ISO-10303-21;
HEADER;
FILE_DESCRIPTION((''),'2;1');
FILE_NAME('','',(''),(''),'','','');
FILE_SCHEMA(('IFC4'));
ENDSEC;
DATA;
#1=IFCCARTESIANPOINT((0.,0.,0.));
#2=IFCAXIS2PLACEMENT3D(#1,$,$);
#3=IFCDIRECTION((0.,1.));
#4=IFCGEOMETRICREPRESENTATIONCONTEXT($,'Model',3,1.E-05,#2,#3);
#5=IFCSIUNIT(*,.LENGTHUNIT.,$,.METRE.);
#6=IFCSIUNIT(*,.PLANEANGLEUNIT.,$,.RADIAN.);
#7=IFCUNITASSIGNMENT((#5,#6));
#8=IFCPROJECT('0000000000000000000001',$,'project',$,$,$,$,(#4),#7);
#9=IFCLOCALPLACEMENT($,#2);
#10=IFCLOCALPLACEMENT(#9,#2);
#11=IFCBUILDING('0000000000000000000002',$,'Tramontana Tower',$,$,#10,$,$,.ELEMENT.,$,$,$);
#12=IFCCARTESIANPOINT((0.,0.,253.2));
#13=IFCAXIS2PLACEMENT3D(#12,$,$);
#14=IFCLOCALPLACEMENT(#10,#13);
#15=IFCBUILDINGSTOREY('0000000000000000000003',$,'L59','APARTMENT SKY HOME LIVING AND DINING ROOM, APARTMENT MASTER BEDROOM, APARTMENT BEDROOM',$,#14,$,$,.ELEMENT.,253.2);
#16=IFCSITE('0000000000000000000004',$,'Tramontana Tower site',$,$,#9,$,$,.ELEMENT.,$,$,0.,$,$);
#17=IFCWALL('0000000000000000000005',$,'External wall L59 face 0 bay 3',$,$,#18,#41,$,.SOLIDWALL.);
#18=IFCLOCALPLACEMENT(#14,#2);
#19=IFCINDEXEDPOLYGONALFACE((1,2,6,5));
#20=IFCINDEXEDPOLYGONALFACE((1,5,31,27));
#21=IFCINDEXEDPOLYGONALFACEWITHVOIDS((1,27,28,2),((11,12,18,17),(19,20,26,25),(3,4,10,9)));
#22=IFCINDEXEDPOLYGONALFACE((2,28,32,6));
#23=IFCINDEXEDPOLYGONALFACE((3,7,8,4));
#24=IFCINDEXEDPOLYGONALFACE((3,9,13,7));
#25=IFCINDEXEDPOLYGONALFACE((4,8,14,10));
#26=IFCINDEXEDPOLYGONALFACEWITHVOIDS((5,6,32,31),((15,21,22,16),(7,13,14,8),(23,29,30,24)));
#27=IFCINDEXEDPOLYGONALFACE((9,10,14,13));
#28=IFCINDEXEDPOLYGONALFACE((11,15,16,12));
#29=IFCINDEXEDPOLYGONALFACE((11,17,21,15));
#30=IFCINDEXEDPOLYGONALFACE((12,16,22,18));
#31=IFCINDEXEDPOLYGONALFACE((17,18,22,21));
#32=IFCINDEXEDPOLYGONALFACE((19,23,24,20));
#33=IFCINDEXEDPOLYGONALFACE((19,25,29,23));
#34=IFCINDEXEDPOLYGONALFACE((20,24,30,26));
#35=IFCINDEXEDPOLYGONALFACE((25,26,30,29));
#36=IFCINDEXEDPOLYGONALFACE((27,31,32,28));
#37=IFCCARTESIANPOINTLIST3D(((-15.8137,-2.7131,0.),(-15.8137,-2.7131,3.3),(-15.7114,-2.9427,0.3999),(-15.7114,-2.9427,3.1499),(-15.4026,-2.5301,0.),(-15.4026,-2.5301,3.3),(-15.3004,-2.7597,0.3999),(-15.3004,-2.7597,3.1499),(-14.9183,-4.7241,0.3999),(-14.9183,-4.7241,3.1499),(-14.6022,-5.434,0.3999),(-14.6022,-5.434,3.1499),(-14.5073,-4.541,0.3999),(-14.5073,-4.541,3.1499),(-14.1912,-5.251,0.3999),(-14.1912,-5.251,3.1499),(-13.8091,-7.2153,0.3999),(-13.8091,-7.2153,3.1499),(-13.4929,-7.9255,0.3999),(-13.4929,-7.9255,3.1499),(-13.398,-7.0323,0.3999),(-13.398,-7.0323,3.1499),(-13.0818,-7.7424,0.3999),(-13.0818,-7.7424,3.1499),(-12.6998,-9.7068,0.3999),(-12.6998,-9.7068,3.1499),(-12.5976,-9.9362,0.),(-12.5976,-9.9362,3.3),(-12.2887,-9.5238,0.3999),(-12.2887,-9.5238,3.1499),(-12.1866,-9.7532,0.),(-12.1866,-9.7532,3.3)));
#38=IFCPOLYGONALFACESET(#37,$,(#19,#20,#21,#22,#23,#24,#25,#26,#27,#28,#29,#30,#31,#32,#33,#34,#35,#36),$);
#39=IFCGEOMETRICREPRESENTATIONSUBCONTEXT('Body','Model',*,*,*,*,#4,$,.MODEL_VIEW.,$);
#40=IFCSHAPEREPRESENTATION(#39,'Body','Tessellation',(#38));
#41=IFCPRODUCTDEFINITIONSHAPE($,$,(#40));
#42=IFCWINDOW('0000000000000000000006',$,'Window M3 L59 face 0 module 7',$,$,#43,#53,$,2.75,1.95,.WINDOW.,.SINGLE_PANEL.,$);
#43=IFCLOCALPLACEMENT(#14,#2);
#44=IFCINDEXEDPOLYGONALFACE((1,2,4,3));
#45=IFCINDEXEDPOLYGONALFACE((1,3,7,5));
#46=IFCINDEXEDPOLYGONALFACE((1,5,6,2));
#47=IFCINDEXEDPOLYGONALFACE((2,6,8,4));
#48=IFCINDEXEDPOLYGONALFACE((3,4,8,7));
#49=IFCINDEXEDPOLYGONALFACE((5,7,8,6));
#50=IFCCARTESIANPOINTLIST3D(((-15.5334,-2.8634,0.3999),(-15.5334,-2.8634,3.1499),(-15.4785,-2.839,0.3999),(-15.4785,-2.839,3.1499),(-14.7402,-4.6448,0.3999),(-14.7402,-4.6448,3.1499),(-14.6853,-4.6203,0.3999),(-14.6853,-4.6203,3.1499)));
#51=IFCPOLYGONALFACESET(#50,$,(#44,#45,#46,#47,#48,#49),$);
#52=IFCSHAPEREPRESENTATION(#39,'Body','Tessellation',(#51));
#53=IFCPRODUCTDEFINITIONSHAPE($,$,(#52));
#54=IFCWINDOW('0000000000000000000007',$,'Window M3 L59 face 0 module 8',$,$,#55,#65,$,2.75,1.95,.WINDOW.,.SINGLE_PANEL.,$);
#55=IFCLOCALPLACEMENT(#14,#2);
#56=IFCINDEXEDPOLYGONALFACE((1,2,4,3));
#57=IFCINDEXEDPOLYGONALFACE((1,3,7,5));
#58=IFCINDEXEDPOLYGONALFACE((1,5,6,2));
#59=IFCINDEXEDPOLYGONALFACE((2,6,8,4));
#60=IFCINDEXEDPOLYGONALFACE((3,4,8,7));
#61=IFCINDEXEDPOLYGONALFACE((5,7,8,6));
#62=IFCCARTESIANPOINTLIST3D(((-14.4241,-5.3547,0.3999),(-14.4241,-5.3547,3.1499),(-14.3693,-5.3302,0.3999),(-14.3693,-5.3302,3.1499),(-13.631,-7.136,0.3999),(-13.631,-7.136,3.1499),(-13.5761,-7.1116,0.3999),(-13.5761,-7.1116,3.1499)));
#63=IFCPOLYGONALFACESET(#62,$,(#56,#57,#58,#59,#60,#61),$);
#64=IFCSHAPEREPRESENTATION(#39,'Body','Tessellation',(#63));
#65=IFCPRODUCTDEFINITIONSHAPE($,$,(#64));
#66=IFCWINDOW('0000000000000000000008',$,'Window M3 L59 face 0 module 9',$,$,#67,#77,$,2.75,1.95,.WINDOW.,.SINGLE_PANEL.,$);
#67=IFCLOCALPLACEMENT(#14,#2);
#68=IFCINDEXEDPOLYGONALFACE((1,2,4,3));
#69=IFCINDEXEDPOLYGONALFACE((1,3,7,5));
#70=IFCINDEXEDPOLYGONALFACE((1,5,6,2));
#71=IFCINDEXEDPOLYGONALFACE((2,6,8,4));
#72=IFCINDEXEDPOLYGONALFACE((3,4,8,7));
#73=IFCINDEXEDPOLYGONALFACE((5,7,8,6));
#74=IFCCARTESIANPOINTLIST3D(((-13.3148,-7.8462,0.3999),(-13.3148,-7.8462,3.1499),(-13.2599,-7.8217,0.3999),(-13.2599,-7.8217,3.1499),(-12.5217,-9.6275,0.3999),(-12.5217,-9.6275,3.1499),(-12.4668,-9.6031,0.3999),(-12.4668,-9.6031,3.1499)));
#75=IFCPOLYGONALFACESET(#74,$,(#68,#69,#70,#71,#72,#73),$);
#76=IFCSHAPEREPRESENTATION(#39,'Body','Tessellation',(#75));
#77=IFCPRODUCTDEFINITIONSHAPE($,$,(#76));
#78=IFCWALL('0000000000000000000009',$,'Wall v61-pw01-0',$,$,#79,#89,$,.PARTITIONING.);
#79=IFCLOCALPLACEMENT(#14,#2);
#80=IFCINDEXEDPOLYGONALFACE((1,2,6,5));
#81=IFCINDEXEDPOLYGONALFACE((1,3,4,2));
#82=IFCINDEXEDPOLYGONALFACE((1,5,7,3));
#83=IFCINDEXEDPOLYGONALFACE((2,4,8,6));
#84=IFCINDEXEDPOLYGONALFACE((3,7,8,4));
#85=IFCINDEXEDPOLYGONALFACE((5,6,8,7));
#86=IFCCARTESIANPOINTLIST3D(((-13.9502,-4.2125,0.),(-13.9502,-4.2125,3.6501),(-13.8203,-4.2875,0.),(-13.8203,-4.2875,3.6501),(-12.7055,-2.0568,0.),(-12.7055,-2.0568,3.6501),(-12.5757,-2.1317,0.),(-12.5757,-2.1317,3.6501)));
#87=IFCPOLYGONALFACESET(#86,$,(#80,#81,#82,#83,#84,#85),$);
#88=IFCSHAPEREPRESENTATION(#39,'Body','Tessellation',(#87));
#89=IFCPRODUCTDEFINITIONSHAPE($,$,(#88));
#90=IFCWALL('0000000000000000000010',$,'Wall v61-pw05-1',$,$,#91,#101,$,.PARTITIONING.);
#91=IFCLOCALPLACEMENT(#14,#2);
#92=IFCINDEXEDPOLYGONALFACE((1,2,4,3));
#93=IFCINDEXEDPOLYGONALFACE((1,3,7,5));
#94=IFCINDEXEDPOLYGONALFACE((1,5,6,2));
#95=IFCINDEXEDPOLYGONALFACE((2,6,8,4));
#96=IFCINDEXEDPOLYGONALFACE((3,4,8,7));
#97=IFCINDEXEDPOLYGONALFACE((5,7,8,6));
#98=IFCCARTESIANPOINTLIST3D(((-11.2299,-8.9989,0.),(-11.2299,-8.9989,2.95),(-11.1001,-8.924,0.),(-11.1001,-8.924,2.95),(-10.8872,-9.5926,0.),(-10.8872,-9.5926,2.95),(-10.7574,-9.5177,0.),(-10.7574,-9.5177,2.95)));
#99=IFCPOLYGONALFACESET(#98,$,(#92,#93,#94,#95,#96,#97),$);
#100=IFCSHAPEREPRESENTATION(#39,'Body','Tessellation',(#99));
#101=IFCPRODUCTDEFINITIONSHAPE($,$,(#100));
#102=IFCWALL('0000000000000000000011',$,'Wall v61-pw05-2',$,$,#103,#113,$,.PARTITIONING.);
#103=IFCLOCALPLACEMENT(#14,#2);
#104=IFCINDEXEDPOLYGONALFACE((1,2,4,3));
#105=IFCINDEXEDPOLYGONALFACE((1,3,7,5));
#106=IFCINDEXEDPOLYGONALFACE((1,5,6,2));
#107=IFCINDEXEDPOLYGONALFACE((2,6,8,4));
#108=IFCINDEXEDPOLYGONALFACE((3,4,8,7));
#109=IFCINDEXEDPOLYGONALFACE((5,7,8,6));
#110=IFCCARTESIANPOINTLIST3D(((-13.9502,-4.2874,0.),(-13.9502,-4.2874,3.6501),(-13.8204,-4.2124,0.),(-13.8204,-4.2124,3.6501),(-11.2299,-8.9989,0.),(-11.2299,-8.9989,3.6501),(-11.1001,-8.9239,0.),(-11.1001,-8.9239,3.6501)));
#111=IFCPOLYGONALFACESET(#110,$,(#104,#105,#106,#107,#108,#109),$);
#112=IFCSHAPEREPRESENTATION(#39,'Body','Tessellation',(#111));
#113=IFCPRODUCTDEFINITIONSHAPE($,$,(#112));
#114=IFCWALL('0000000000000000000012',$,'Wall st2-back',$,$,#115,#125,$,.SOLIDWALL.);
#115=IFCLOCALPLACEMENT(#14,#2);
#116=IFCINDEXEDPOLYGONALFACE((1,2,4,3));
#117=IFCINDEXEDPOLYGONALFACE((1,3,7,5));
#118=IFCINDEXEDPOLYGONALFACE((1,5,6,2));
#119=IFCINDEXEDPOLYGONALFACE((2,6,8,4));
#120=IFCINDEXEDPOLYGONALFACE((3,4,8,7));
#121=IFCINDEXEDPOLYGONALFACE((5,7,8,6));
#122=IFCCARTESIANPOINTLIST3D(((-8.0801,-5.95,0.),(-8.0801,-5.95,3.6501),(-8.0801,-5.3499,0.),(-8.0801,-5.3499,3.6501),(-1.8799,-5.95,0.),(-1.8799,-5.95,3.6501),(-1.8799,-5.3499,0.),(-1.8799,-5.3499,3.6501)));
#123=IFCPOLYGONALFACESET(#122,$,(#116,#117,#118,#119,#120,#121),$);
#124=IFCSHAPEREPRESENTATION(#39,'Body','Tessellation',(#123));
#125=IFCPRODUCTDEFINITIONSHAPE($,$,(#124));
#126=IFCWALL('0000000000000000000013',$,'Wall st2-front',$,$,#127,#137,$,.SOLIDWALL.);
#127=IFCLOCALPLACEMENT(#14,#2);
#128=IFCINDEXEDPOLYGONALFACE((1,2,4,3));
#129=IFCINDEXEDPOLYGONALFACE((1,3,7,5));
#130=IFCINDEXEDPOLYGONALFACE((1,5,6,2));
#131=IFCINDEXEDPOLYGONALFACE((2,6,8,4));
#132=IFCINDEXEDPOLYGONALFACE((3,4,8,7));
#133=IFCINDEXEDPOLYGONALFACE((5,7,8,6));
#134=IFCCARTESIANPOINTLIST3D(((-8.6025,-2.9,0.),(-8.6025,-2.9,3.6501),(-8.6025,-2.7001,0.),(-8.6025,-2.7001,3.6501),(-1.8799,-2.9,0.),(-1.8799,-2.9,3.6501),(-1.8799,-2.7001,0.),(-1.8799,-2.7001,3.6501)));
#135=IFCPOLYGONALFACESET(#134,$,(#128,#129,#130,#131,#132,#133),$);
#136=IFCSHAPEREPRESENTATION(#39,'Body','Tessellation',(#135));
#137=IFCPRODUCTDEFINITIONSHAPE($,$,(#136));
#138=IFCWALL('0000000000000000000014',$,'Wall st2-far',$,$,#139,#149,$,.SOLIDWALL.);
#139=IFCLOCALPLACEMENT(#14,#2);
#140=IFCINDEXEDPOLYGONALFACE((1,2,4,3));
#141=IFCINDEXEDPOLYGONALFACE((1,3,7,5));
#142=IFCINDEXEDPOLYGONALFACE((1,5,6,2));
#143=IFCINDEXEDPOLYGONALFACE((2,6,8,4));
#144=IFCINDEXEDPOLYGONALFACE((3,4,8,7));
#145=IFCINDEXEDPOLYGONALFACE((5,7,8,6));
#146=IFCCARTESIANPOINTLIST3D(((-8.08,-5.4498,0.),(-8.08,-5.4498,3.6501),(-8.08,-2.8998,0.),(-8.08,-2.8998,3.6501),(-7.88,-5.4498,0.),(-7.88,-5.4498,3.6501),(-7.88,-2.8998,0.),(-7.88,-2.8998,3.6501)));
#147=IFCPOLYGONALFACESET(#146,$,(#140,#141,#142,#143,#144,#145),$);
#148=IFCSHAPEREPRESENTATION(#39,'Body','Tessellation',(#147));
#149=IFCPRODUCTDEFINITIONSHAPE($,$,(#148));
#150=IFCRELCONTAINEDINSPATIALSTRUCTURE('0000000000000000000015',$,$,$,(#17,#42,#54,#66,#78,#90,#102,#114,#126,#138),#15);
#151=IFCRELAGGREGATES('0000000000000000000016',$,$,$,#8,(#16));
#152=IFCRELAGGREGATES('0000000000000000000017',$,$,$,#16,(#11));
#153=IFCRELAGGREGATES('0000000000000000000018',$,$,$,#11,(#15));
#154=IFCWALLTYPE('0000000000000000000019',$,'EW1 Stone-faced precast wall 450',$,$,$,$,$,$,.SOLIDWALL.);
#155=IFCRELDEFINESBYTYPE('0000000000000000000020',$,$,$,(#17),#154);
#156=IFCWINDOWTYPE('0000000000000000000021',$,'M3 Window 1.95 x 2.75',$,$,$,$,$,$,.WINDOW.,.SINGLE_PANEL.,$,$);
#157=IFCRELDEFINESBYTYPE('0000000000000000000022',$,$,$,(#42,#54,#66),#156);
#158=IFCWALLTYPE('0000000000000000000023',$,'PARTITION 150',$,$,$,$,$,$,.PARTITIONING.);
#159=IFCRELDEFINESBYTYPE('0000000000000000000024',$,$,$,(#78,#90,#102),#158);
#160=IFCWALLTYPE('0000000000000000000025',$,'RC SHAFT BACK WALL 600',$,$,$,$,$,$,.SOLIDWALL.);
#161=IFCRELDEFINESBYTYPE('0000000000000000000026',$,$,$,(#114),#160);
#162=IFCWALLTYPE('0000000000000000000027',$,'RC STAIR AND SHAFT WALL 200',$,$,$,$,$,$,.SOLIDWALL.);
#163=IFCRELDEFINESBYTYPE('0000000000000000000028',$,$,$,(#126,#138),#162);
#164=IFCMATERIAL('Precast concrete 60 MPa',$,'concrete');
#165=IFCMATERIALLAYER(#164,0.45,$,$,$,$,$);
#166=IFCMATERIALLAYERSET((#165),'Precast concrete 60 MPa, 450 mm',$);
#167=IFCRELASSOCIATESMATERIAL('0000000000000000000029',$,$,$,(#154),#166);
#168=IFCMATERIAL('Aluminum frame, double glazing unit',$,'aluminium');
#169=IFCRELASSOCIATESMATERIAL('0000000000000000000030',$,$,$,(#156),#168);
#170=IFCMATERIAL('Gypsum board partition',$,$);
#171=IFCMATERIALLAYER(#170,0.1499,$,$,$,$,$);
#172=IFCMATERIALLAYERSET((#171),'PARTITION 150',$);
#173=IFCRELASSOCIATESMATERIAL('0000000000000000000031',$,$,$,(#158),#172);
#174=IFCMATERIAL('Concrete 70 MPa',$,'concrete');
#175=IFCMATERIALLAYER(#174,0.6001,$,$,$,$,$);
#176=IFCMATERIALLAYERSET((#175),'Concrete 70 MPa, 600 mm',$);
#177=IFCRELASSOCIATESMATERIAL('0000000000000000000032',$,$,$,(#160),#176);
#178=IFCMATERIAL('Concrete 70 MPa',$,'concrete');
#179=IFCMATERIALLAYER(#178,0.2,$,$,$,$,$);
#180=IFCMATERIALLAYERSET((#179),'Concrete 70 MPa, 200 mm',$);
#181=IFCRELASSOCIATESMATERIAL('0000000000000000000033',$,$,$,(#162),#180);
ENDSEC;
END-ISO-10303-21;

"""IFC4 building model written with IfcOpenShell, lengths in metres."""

from ifc_helpers import new_model, si_unit, direction, frame, frame_2d, origin, place, context, subcontext, project, spatial, rectangle, extrude, material, layer, layer_set, type_object, element, fill, save


model = new_model("IFC4")

# Units and contexts
model_context = context("Model", 3, precision=1e-05, world=origin(), true_north=direction((0.0, 1.0)))
body_context = subcontext(model_context, "Body", "Model", "MODEL_VIEW")
ifc_project = project(units=[si_unit("LENGTHUNIT", "METRE"), si_unit("PLANEANGLEUNIT", "RADIAN")], contexts=[model_context])

# Site, building, storey
site_placement = place(None, origin())
site = spatial("IfcSite", under=ifc_project, at=site_placement, Name="Tramontana Tower site", CompositionType="ELEMENT", RefElevation=0.0)
building_placement = place(site_placement, origin())
building = spatial("IfcBuilding", under=site, at=building_placement, Name="Tramontana Tower", CompositionType="ELEMENT")
storey_placement = place(building_placement, frame((0.0, 0.0, 253.2)))
storey = spatial("IfcBuildingStorey", under=building, at=storey_placement, Name="L59", Description="APARTMENT SKY HOME LIVING AND DINING ROOM, APARTMENT MASTER BEDROOM, APARTMENT BEDROOM", CompositionType="ELEMENT", Elevation=253.2)

# Wall, openings, windows
ifc_material_1 = material(Name="Precast concrete 60 MPa", Category="concrete")
ifc_layer_1 = layer(ifc_material_1, 0.45)
ifc_layer_set_1 = layer_set([ifc_layer_1], Name="Precast concrete 60 MPa, 450 mm")
wall_type_1 = type_object("IfcWallType", Name="EW1 Stone-faced precast wall 450", PredefinedType="SOLIDWALL", material=ifc_layer_set_1)
wall_1_placement = place(storey_placement, frame((-15.6082, -2.6216, 0.0), z_axis=(0.0, 0.0, 1.0), x_axis=(0.406749, -0.91354, 0.0)))
wall_1 = element("IfcWall", 1, at=wall_1_placement, inside=storey, type_object=wall_type_1, Name="External wall L59 face 0 bay 3", PredefinedType="SOLIDWALL", context=body_context, shape_type="SweptSolid", body=[
    extrude(rectangle(XDim=7.9067, YDim=0.45, at=frame_2d((3.9534, 0.0))), origin(), (0.0, 0.0, 1.0), 3.3),
])
opening_1_placement = place(wall_1_placement, frame((0.2512, 0.0, 0.3999)))
opening_1 = element("IfcOpeningElement", 2, at=opening_1_placement, cuts=wall_1, PredefinedType="OPENING", context=body_context, shape_type="SweptSolid", body=[
    extrude(rectangle(XDim=1.95, YDim=2.75, at=frame_2d((0.9751, 1.375))), frame((0.0, 0.2349, 0.0), z_axis=(0.0, -1.0, 0.0), x_axis=(1.0, 0.0, 0.0)), (0.0, 0.0, 1.0), 0.47),
])
opening_2_placement = place(wall_1_placement, frame((2.9783, 0.0, 0.3999)))
opening_2 = element("IfcOpeningElement", 3, at=opening_2_placement, cuts=wall_1, PredefinedType="OPENING", context=body_context, shape_type="SweptSolid", body=[
    extrude(rectangle(XDim=1.95, YDim=2.75, at=frame_2d((0.9751, 1.375))), frame((0.0, 0.2349, 0.0), z_axis=(0.0, -1.0, 0.0), x_axis=(1.0, 0.0, 0.0)), (0.0, 0.0, 1.0), 0.47),
])
opening_3_placement = place(wall_1_placement, frame((5.7056, 0.0, 0.3999)))
opening_3 = element("IfcOpeningElement", 4, at=opening_3_placement, cuts=wall_1, PredefinedType="OPENING", context=body_context, shape_type="SweptSolid", body=[
    extrude(rectangle(XDim=1.95, YDim=2.75, at=frame_2d((0.9751, 1.375))), frame((0.0, 0.2349, 0.0), z_axis=(0.0, -1.0, 0.0), x_axis=(1.0, 0.0, 0.0)), (0.0, 0.0, 1.0), 0.47),
])
ifc_material_2 = material(Name="Aluminum frame, double glazing unit", Category="aluminium")
window_type = type_object("IfcWindowType", Name="M3 Window 1.95 x 2.75", PartitioningType="SINGLE_PANEL", PredefinedType="WINDOW", material=ifc_material_2)
window_1_placement = place(opening_1_placement, origin())
window_1 = element("IfcWindow", 5, at=window_1_placement, inside=storey, type_object=window_type, Name="Window M3 L59 face 0 module 7", OverallHeight=2.75, OverallWidth=1.95, PartitioningType="SINGLE_PANEL", PredefinedType="WINDOW", context=body_context, shape_type="SweptSolid", body=[
    extrude(rectangle(XDim=1.95, YDim=2.75, at=frame_2d((0.9751, 1.375))), frame((0.0, 0.03, 0.0), z_axis=(0.0, -1.0, 0.0), x_axis=(1.0, 0.0, 0.0)), (0.0, 0.0, 1.0), 0.0601),
])
fill(opening_1, window_1)
window_2_placement = place(opening_2_placement, origin())
window_2 = element("IfcWindow", 6, at=window_2_placement, inside=storey, type_object=window_type, Name="Window M3 L59 face 0 module 8", OverallHeight=2.75, OverallWidth=1.95, PartitioningType="SINGLE_PANEL", PredefinedType="WINDOW", context=body_context, shape_type="SweptSolid", body=[
    extrude(rectangle(XDim=1.95, YDim=2.75, at=frame_2d((0.9751, 1.375))), frame((0.0, 0.03, 0.0), z_axis=(0.0, -1.0, 0.0), x_axis=(1.0, 0.0, 0.0)), (0.0, 0.0, 1.0), 0.0601),
])
fill(opening_2, window_2)
window_3_placement = place(opening_3_placement, origin())
window_3 = element("IfcWindow", 7, at=window_3_placement, inside=storey, type_object=window_type, Name="Window M3 L59 face 0 module 9", OverallHeight=2.75, OverallWidth=1.95, PartitioningType="SINGLE_PANEL", PredefinedType="WINDOW", context=body_context, shape_type="SweptSolid", body=[
    extrude(rectangle(XDim=1.95, YDim=2.75, at=frame_2d((0.9751, 1.375))), frame((0.0, 0.03, 0.0), z_axis=(0.0, -1.0, 0.0), x_axis=(1.0, 0.0, 0.0)), (0.0, 0.0, 1.0), 0.0601),
])
fill(opening_3, window_3)

# Wall
ifc_material_3 = material(Name="Gypsum board partition")
ifc_layer_2 = layer(ifc_material_3, 0.1499)
ifc_layer_set_2 = layer_set([ifc_layer_2], Name="PARTITION 150")
wall_type_2 = type_object("IfcWallType", Name="PARTITION 150", PredefinedType="PARTITIONING", material=ifc_layer_set_2)
wall_2_placement = place(storey_placement, frame((-13.8853, -4.25, 0.0), z_axis=(0.0, 0.0, 1.0), x_axis=(0.5, 0.866026, 0.0)))
element("IfcWall", 8, at=wall_2_placement, inside=storey, type_object=wall_type_2, Name="Wall v61-pw01-0", PredefinedType="PARTITIONING", context=body_context, shape_type="SweptSolid", body=[
    extrude(rectangle(XDim=2.4893, YDim=0.1499, at=frame_2d((1.2446, 0.0))), origin(), (0.0, 0.0, 1.0), 3.6501),
])

# Walls
wall_3_placement = place(storey_placement, frame((-10.8223, -9.5552, 0.0), z_axis=(0.0, 0.0, 1.0), x_axis=(-0.499969, 0.866043, 0.0)))
element("IfcWall", 9, at=wall_3_placement, inside=storey, type_object=wall_type_2, Name="Wall v61-pw05-1", PredefinedType="PARTITIONING", context=body_context, shape_type="SweptSolid", body=[
    extrude(rectangle(XDim=0.6855, YDim=0.1499, at=frame_2d((0.3428, 0.0))), origin(), (0.0, 0.0, 1.0), 2.95),
])
wall_4_placement = place(storey_placement, frame((-11.165, -8.9614, 0.0), z_axis=(0.0, 0.0, 1.0), x_axis=(-0.50001, 0.86602, 0.0)))
element("IfcWall", 10, at=wall_4_placement, inside=storey, type_object=wall_type_2, Name="Wall v61-pw05-2", PredefinedType="PARTITIONING", context=body_context, shape_type="SweptSolid", body=[
    extrude(rectangle(XDim=5.4404, YDim=0.1499, at=frame_2d((2.7202, 0.0))), origin(), (0.0, 0.0, 1.0), 3.6501),
])
ifc_material_4 = material(Name="Concrete 70 MPa", Category="concrete")
ifc_layer_3 = layer(ifc_material_4, 0.6001)
ifc_layer_set_3 = layer_set([ifc_layer_3], Name="Concrete 70 MPa, 600 mm")
wall_type_3 = type_object("IfcWallType", Name="RC SHAFT BACK WALL 600", PredefinedType="SOLIDWALL", material=ifc_layer_set_3)
wall_5_placement = place(storey_placement, frame((-8.0801, -5.6499, 0.0), z_axis=(0.0, 0.0, 1.0), x_axis=(1.0, 0.0, 0.0)))
element("IfcWall", 11, at=wall_5_placement, inside=storey, type_object=wall_type_3, Name="Wall st2-back", PredefinedType="SOLIDWALL", context=body_context, shape_type="SweptSolid", body=[
    extrude(rectangle(XDim=6.2002, YDim=0.6001, at=frame_2d((3.1001, 0.0))), origin(), (0.0, 0.0, 1.0), 3.6501),
])
ifc_material_5 = material(Name="Concrete 70 MPa", Category="concrete")
ifc_layer_4 = layer(ifc_material_5, 0.2)
ifc_layer_set_4 = layer_set([ifc_layer_4], Name="Concrete 70 MPa, 200 mm")
wall_type_4 = type_object("IfcWallType", Name="RC STAIR AND SHAFT WALL 200", PredefinedType="SOLIDWALL", material=ifc_layer_set_4)
wall_6_placement = place(storey_placement, frame((-8.6025, -2.8, 0.0), z_axis=(0.0, 0.0, 1.0), x_axis=(1.0, 0.0, 0.0)))
element("IfcWall", 12, at=wall_6_placement, inside=storey, type_object=wall_type_4, Name="Wall st2-front", PredefinedType="SOLIDWALL", context=body_context, shape_type="SweptSolid", body=[
    extrude(rectangle(XDim=6.7227, YDim=0.2, at=frame_2d((3.3613, 0.0))), origin(), (0.0, 0.0, 1.0), 3.6501),
])
wall_7_placement = place(storey_placement, frame((-7.98, -2.8999, 0.0), z_axis=(0.0, 0.0, 1.0), x_axis=(0.0, -1.0, 0.0)))
element("IfcWall", 13, at=wall_7_placement, inside=storey, type_object=wall_type_4, Name="Wall st2-far", PredefinedType="SOLIDWALL", context=body_context, shape_type="SweptSolid", body=[
    extrude(rectangle(XDim=2.55, YDim=0.2, at=frame_2d((1.2749, 0.0))), origin(), (0.0, 0.0, 1.0), 3.6501),
])

save(model, "model.ifc")
